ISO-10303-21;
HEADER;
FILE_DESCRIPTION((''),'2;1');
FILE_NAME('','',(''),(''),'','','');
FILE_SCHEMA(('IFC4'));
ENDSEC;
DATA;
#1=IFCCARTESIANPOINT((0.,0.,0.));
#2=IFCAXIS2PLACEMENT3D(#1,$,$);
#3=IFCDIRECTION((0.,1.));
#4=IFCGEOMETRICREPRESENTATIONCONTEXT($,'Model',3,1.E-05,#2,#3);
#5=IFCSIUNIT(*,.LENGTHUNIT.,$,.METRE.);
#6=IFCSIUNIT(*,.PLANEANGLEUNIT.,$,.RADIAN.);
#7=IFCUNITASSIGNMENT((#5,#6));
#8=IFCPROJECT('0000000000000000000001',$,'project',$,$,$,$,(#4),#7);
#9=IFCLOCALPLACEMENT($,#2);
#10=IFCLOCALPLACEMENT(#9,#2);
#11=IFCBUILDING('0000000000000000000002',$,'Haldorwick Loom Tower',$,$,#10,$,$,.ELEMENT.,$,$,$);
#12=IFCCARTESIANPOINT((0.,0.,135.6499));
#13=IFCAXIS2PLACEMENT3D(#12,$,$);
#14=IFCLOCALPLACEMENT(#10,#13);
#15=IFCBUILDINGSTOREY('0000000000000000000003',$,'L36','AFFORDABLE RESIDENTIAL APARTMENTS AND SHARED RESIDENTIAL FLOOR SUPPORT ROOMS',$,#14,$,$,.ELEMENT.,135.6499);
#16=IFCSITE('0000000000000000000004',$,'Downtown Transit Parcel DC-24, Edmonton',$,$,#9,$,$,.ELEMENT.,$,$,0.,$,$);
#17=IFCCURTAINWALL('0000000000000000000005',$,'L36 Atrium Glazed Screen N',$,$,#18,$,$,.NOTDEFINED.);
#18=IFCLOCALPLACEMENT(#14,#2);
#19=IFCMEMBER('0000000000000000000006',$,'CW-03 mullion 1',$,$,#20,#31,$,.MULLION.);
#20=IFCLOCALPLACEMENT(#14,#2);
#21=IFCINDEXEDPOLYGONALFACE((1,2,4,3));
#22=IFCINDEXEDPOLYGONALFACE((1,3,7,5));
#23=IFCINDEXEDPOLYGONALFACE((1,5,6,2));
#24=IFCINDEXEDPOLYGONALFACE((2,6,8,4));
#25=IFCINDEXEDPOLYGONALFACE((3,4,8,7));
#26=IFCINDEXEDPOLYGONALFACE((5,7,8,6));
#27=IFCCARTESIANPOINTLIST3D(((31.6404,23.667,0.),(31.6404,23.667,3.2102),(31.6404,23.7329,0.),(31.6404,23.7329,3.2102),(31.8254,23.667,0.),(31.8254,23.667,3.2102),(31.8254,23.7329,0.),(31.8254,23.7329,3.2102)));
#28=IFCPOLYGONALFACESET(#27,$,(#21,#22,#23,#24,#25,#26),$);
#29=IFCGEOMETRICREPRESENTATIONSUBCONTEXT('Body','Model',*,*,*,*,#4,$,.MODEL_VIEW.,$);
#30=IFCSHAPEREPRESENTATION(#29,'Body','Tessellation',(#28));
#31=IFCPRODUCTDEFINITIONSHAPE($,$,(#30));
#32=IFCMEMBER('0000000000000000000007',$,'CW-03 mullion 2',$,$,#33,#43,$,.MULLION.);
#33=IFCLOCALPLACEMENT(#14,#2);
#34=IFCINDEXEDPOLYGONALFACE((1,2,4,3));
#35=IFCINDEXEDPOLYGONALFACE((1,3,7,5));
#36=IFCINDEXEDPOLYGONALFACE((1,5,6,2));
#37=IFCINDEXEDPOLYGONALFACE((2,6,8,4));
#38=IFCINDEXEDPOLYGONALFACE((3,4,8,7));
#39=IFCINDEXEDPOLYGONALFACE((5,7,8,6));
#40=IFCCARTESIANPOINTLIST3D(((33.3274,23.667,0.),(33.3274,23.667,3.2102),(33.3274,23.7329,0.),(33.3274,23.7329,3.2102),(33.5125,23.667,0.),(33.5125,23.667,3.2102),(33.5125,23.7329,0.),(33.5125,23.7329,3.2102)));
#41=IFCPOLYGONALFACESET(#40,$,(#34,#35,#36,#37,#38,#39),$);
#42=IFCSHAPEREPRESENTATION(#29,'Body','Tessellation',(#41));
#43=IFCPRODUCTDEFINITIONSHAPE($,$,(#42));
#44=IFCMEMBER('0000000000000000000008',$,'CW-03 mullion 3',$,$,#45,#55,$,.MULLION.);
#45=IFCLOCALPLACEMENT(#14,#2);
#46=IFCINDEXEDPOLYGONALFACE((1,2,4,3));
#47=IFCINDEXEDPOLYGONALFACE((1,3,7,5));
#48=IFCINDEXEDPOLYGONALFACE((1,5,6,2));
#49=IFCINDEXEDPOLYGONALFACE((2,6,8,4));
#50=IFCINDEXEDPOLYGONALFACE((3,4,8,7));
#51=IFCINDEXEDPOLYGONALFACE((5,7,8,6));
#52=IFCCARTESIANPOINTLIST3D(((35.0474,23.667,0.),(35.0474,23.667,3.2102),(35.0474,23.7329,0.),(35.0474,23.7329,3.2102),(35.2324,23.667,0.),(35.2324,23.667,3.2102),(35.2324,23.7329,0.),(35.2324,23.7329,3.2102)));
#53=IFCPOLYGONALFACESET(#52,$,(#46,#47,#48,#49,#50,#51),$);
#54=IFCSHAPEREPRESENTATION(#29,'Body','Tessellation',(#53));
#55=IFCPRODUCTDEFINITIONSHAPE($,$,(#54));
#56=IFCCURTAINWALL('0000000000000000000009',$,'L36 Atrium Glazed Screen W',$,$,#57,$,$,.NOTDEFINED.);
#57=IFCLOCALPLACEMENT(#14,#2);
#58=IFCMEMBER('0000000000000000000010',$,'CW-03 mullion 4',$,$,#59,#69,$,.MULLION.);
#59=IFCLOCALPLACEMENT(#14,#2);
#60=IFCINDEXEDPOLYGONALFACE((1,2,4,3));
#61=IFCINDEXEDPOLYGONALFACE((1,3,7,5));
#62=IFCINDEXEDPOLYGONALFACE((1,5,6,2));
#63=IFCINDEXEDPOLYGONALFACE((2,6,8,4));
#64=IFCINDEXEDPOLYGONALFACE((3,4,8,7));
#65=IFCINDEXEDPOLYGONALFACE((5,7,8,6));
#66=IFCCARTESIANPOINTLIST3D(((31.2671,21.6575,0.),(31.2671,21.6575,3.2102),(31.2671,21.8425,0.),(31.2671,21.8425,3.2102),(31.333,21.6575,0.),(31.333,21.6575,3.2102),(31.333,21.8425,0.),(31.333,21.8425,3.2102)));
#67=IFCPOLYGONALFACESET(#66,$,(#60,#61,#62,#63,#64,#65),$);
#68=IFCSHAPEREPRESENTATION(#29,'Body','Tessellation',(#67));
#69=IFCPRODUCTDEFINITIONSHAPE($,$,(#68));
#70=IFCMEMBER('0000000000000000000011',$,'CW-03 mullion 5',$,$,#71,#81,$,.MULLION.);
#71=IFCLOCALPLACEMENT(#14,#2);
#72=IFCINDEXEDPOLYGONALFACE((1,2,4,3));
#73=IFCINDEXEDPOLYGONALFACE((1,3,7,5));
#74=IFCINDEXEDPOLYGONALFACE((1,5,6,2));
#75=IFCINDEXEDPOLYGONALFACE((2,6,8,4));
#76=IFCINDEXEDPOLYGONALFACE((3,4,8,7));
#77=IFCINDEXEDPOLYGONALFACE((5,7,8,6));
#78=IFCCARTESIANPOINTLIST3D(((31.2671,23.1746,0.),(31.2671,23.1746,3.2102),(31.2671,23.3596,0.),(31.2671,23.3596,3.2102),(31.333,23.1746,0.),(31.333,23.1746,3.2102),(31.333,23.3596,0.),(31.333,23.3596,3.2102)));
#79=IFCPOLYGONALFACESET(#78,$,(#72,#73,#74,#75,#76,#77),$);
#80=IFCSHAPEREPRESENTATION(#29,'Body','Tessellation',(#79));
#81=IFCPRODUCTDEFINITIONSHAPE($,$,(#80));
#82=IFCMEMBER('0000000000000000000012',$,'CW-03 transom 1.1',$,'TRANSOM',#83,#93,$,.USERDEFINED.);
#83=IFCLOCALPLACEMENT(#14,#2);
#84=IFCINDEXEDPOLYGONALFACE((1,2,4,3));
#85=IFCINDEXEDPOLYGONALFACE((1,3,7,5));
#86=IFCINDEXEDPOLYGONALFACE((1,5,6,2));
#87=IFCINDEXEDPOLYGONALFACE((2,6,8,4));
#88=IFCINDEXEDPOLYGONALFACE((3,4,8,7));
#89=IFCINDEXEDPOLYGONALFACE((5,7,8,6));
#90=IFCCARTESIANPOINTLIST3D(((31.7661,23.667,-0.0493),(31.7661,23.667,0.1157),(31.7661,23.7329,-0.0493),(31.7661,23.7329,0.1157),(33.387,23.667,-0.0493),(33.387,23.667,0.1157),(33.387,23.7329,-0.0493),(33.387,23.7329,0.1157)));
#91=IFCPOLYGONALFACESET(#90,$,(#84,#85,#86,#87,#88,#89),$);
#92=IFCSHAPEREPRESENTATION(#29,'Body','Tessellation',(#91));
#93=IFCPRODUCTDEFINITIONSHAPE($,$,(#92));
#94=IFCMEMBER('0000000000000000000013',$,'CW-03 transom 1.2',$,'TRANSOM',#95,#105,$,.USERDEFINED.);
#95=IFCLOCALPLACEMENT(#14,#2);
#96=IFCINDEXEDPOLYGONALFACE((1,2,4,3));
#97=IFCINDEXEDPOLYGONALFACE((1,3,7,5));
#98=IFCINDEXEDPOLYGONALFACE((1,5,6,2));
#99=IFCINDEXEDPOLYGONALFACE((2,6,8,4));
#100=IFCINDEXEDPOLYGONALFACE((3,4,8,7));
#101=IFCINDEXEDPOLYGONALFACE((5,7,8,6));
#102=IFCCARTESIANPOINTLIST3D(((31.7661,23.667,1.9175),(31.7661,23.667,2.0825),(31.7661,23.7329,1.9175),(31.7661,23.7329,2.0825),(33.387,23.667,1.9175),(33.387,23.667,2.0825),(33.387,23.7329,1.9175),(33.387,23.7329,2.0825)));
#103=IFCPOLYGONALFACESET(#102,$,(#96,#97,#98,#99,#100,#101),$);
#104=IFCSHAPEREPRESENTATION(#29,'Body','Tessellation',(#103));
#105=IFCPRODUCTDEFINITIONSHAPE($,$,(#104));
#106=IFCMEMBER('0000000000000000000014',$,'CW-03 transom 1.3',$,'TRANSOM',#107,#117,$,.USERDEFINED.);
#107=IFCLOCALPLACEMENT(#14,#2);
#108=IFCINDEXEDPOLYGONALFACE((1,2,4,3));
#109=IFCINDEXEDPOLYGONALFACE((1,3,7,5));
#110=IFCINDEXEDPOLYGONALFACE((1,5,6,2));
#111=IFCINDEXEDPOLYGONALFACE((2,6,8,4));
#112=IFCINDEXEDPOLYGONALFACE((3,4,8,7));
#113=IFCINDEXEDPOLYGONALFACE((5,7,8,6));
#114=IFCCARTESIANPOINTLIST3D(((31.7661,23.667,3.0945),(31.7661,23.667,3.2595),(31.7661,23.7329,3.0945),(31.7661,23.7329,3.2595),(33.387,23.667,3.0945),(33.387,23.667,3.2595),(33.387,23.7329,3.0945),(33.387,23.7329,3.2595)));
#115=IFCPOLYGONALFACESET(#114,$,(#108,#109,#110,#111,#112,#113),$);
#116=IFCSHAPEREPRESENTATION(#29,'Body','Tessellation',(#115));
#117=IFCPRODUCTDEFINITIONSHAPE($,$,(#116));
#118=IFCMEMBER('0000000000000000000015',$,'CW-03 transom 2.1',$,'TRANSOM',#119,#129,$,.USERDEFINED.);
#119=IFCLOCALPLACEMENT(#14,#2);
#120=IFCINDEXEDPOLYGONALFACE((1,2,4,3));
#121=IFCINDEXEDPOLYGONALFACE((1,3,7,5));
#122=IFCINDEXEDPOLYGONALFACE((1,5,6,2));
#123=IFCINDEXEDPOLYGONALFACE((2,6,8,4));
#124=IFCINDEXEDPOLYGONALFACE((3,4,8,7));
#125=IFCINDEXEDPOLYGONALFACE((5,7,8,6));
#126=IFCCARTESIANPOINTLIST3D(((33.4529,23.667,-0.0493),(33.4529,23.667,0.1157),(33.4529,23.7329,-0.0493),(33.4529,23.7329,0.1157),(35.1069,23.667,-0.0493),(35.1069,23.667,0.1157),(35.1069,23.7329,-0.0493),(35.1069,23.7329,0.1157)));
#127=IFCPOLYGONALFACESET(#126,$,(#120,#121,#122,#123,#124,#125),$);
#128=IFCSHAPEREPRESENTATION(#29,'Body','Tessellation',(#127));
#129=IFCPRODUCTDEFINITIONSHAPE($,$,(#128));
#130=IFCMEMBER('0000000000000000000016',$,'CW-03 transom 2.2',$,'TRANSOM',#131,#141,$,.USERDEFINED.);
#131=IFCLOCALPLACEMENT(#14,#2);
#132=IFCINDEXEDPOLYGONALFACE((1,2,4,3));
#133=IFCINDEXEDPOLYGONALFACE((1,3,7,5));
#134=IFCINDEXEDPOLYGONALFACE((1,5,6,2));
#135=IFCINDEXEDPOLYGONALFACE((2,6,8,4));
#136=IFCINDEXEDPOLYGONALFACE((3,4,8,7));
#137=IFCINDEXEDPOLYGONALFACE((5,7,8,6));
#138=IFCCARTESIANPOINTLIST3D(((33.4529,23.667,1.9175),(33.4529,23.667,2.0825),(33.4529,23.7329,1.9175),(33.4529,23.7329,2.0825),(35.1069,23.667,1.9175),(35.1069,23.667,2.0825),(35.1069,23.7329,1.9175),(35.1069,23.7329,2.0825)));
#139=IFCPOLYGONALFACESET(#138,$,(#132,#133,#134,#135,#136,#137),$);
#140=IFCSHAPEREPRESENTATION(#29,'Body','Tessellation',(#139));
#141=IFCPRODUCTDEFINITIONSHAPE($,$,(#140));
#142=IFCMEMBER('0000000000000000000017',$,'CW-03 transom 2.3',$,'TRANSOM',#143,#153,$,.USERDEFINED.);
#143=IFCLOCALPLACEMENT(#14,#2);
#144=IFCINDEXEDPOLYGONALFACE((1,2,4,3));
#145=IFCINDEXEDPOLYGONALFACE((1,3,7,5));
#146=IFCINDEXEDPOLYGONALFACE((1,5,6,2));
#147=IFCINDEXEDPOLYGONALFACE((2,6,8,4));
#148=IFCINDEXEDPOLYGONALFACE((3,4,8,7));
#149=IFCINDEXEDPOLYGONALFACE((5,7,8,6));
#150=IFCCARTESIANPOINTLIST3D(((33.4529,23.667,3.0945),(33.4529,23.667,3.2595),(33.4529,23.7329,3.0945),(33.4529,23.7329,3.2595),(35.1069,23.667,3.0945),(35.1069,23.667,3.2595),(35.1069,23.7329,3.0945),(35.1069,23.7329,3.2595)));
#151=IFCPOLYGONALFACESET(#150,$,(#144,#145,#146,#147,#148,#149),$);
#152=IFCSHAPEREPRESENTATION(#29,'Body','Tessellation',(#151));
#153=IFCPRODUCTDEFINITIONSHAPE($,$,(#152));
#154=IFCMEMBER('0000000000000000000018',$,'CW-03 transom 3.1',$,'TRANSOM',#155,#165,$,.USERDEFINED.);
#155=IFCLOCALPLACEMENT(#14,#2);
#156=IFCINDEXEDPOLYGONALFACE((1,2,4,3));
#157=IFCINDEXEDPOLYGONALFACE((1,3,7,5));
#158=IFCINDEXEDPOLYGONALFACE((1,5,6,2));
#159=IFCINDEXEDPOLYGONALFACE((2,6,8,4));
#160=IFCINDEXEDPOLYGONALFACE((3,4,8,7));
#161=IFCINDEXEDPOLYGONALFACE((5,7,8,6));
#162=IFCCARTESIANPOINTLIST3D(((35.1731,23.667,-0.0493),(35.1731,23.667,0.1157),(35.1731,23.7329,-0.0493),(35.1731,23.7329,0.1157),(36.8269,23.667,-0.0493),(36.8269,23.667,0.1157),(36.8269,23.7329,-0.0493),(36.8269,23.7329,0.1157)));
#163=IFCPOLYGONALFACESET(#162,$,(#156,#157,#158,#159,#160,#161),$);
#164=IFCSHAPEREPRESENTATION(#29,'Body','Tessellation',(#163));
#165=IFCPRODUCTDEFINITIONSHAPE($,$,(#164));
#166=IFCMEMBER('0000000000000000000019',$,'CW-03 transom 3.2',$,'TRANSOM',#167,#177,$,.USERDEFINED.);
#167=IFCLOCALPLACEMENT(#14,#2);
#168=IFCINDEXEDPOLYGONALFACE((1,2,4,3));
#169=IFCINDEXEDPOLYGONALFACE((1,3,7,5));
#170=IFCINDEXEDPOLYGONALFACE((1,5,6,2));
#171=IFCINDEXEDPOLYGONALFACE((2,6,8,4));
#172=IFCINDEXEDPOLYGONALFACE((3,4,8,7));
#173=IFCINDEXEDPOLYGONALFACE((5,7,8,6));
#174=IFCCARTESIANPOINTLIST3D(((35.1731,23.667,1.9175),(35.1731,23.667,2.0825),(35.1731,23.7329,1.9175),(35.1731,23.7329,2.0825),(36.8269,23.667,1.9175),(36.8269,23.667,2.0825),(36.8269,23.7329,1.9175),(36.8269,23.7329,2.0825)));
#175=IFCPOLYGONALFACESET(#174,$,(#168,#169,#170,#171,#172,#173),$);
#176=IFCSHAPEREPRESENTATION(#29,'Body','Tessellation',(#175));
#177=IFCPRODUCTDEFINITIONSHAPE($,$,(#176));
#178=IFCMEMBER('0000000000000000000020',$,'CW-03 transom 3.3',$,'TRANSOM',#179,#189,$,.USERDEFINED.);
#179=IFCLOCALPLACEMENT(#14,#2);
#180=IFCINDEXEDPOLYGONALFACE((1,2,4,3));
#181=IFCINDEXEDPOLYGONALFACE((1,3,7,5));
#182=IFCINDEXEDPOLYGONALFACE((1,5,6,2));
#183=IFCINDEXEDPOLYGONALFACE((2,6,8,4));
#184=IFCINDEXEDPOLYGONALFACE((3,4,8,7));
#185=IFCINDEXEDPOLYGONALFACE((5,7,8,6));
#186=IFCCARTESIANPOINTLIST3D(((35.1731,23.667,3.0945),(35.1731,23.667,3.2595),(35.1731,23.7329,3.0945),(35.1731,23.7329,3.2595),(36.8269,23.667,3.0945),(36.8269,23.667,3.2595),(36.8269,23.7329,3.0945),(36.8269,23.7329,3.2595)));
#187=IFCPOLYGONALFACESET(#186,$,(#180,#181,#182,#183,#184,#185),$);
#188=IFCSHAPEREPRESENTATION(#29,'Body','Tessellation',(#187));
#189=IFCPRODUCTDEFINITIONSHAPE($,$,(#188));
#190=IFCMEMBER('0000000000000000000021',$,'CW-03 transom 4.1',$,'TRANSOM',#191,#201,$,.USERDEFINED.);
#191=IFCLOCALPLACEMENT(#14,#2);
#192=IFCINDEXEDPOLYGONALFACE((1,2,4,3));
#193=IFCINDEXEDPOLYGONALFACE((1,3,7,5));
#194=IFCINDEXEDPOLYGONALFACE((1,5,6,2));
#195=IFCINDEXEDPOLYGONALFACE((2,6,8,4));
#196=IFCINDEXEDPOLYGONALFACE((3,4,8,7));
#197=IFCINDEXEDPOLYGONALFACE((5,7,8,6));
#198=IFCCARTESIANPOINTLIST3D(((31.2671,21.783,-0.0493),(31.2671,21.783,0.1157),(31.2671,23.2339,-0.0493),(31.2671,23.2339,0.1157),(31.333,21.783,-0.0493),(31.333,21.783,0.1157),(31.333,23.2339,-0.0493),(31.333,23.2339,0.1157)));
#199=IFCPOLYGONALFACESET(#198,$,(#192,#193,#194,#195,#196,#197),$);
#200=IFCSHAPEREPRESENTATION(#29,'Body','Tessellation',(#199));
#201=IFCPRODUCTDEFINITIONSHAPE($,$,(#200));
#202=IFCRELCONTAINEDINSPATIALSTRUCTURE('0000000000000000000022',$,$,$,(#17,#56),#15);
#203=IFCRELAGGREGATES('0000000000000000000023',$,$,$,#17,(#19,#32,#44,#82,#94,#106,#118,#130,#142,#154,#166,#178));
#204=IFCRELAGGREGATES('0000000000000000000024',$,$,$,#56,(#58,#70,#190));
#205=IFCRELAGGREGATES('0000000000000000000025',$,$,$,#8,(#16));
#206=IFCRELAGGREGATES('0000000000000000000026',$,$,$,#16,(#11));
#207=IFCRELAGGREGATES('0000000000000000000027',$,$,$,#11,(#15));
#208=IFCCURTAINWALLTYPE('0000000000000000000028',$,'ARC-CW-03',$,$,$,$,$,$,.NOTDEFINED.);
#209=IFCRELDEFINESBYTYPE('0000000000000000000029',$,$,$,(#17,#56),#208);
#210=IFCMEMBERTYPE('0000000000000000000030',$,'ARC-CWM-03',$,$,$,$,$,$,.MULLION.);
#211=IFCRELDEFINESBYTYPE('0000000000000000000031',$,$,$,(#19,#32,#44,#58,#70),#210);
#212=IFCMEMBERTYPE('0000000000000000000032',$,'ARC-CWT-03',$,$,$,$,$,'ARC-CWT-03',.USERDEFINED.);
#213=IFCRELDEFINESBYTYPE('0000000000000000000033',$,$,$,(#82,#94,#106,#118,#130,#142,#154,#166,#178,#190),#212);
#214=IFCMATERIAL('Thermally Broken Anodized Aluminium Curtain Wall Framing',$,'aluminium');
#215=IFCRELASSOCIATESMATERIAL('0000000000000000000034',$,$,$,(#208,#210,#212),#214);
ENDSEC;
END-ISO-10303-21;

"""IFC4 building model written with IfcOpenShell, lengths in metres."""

from ifc_helpers import new_model, si_unit, direction, frame, origin, origin_2d, place, context, subcontext, project, spatial, rectangle, extrude, material, material_profile, profile_set, type_object, element, aggregate, save


model = new_model("IFC4")

# Units and contexts
model_context = context("Model", 3, precision=1e-05, world=origin(), true_north=direction((0.0, 1.0)))
body_context = subcontext(model_context, "Body", "Model", "MODEL_VIEW")
ifc_project = project(units=[si_unit("LENGTHUNIT", "METRE"), si_unit("PLANEANGLEUNIT", "RADIAN")], contexts=[model_context])

# Site, building, storey
site_placement = place(None, origin())
site = spatial("IfcSite", under=ifc_project, at=site_placement, Name="Downtown Transit Parcel DC-24, Edmonton", CompositionType="ELEMENT", RefElevation=0.0)
building_placement = place(site_placement, origin())
building = spatial("IfcBuilding", under=site, at=building_placement, Name="Haldorwick Loom Tower", CompositionType="ELEMENT")
storey_placement = place(building_placement, frame((0.0, 0.0, 135.6499)))
storey = spatial("IfcBuildingStorey", under=building, at=storey_placement, Name="L36", Description="AFFORDABLE RESIDENTIAL APARTMENTS AND SHARED RESIDENTIAL FLOOR SUPPORT ROOMS", CompositionType="ELEMENT", Elevation=135.6499)

# Curtain walls, members
ifc_material_1 = material(Name="Thermally Broken Anodized Aluminium Curtain Wall Framing", Category="aluminium")
curtain_wall_type = type_object("IfcCurtainWallType", Name="ARC-CW-03", PredefinedType="NOTDEFINED", material=ifc_material_1)
curtain_wall_1_placement = place(storey_placement, origin())
curtain_wall_1 = element("IfcCurtainWall", 1, at=curtain_wall_1_placement, inside=storey, type_object=curtain_wall_type, Name="L36 Atrium Glazed Screen N", PredefinedType="NOTDEFINED")
ifc_material_profile_1 = material_profile(ifc_material_1, rectangle(XDim=0.0659, YDim=0.1851, at=origin_2d()), Name="ALU_MUL_66X185", Category="aluminium")
ifc_profile_set_1 = profile_set([ifc_material_profile_1], Name="Thermally Broken Anodized Aluminium Curtain Wall Framing")
member_type_1 = type_object("IfcMemberType", Name="ARC-CWM-03", PredefinedType="MULLION", material=ifc_profile_set_1)
member_1_placement = place(storey_placement, frame((31.7329, 23.7, 0.0), z_axis=(0.0, 0.0, 1.0), x_axis=(0.0, 1.0, 0.0)))
member_1 = element("IfcMember", 2, at=member_1_placement, type_object=member_type_1, Name="CW-03 mullion 1", PredefinedType="MULLION", context=body_context, shape_type="SweptSolid", body=[
    extrude(rectangle(XDim=0.0659, YDim=0.1851, at=origin_2d()), origin(), (0.0, 0.0, 1.0), 3.2102),
])
member_2_placement = place(storey_placement, frame((33.4199, 23.7, 0.0), z_axis=(0.0, 0.0, 1.0), x_axis=(0.0, 1.0, 0.0)))
member_2 = element("IfcMember", 3, at=member_2_placement, type_object=member_type_1, Name="CW-03 mullion 2", PredefinedType="MULLION", context=body_context, shape_type="SweptSolid", body=[
    extrude(rectangle(XDim=0.0659, YDim=0.1851, at=origin_2d()), origin(), (0.0, 0.0, 1.0), 3.2102),
])
member_3_placement = place(storey_placement, frame((35.1399, 23.7, 0.0), z_axis=(0.0, 0.0, 1.0), x_axis=(0.0, 1.0, 0.0)))
member_3 = element("IfcMember", 4, at=member_3_placement, type_object=member_type_1, Name="CW-03 mullion 3", PredefinedType="MULLION", context=body_context, shape_type="SweptSolid", body=[
    extrude(rectangle(XDim=0.0659, YDim=0.1851, at=origin_2d()), origin(), (0.0, 0.0, 1.0), 3.2102),
])
curtain_wall_2_placement = place(storey_placement, origin())
curtain_wall_2 = element("IfcCurtainWall", 5, at=curtain_wall_2_placement, inside=storey, type_object=curtain_wall_type, Name="L36 Atrium Glazed Screen W", PredefinedType="NOTDEFINED")
member_4_placement = place(storey_placement, frame((31.3, 21.75, 0.0), z_axis=(0.0, 0.0, 1.0), x_axis=(-1.0, 0.0, 0.0)))
member_4 = element("IfcMember", 6, at=member_4_placement, type_object=member_type_1, Name="CW-03 mullion 4", PredefinedType="MULLION", context=body_context, shape_type="SweptSolid", body=[
    extrude(rectangle(XDim=0.0659, YDim=0.1851, at=origin_2d()), origin(), (0.0, 0.0, 1.0), 3.2102),
])
member_5_placement = place(storey_placement, frame((31.3, 23.2671, 0.0), z_axis=(0.0, 0.0, 1.0), x_axis=(-1.0, 0.0, 0.0)))
member_5 = element("IfcMember", 7, at=member_5_placement, type_object=member_type_1, Name="CW-03 mullion 5", PredefinedType="MULLION", context=body_context, shape_type="SweptSolid", body=[
    extrude(rectangle(XDim=0.0659, YDim=0.1851, at=origin_2d()), origin(), (0.0, 0.0, 1.0), 3.2102),
])

# Members
ifc_material_profile_2 = material_profile(ifc_material_1, rectangle(XDim=0.0659, YDim=0.165, at=origin_2d()), Name="ALU_TRN_66X165", Category="aluminium")
ifc_profile_set_2 = profile_set([ifc_material_profile_2], Name="Thermally Broken Anodized Aluminium Curtain Wall Framing")
member_type_2 = type_object("IfcMemberType", Name="ARC-CWT-03", ElementType="ARC-CWT-03", PredefinedType="USERDEFINED", material=ifc_profile_set_2)
member_6_placement = place(storey_placement, frame((31.7661, 23.7, 0.0332), z_axis=(1.0, 0.0, 0.0), x_axis=(0.0, 1.0, 0.0)))
member_6 = element("IfcMember", 8, at=member_6_placement, type_object=member_type_2, Name="CW-03 transom 1.1", ObjectType="TRANSOM", PredefinedType="USERDEFINED", context=body_context, shape_type="SweptSolid", body=[
    extrude(rectangle(XDim=0.0659, YDim=0.165, at=origin_2d()), origin(), (0.0, 0.0, 1.0), 1.6208),
])
member_7_placement = place(storey_placement, frame((31.7661, 23.7, 2.0), z_axis=(1.0, 0.0, 0.0), x_axis=(0.0, 1.0, 0.0)))
member_7 = element("IfcMember", 9, at=member_7_placement, type_object=member_type_2, Name="CW-03 transom 1.2", ObjectType="TRANSOM", PredefinedType="USERDEFINED", context=body_context, shape_type="SweptSolid", body=[
    extrude(rectangle(XDim=0.0659, YDim=0.165, at=origin_2d()), origin(), (0.0, 0.0, 1.0), 1.6208),
])
member_8_placement = place(storey_placement, frame((31.7661, 23.7, 3.177), z_axis=(1.0, 0.0, 0.0), x_axis=(0.0, 1.0, 0.0)))
member_8 = element("IfcMember", 10, at=member_8_placement, type_object=member_type_2, Name="CW-03 transom 1.3", ObjectType="TRANSOM", PredefinedType="USERDEFINED", context=body_context, shape_type="SweptSolid", body=[
    extrude(rectangle(XDim=0.0659, YDim=0.165, at=origin_2d()), origin(), (0.0, 0.0, 1.0), 1.6208),
])
member_9_placement = place(storey_placement, frame((33.4529, 23.7, 0.0332), z_axis=(1.0, 0.0, 0.0), x_axis=(0.0, 1.0, 0.0)))
member_9 = element("IfcMember", 11, at=member_9_placement, type_object=member_type_2, Name="CW-03 transom 2.1", ObjectType="TRANSOM", PredefinedType="USERDEFINED", context=body_context, shape_type="SweptSolid", body=[
    extrude(rectangle(XDim=0.0659, YDim=0.165, at=origin_2d()), origin(), (0.0, 0.0, 1.0), 1.6541),
])
member_10_placement = place(storey_placement, frame((33.4529, 23.7, 2.0), z_axis=(1.0, 0.0, 0.0), x_axis=(0.0, 1.0, 0.0)))
member_10 = element("IfcMember", 12, at=member_10_placement, type_object=member_type_2, Name="CW-03 transom 2.2", ObjectType="TRANSOM", PredefinedType="USERDEFINED", context=body_context, shape_type="SweptSolid", body=[
    extrude(rectangle(XDim=0.0659, YDim=0.165, at=origin_2d()), origin(), (0.0, 0.0, 1.0), 1.6541),
])
member_11_placement = place(storey_placement, frame((33.4529, 23.7, 3.177), z_axis=(1.0, 0.0, 0.0), x_axis=(0.0, 1.0, 0.0)))
member_11 = element("IfcMember", 13, at=member_11_placement, type_object=member_type_2, Name="CW-03 transom 2.3", ObjectType="TRANSOM", PredefinedType="USERDEFINED", context=body_context, shape_type="SweptSolid", body=[
    extrude(rectangle(XDim=0.0659, YDim=0.165, at=origin_2d()), origin(), (0.0, 0.0, 1.0), 1.6541),
])
member_12_placement = place(storey_placement, frame((35.1731, 23.7, 0.0332), z_axis=(1.0, 0.0, 0.0), x_axis=(0.0, 1.0, 0.0)))
member_12 = element("IfcMember", 14, at=member_12_placement, type_object=member_type_2, Name="CW-03 transom 3.1", ObjectType="TRANSOM", PredefinedType="USERDEFINED", context=body_context, shape_type="SweptSolid", body=[
    extrude(rectangle(XDim=0.0659, YDim=0.165, at=origin_2d()), origin(), (0.0, 0.0, 1.0), 1.6538),
])
member_13_placement = place(storey_placement, frame((35.1731, 23.7, 2.0), z_axis=(1.0, 0.0, 0.0), x_axis=(0.0, 1.0, 0.0)))
member_13 = element("IfcMember", 15, at=member_13_placement, type_object=member_type_2, Name="CW-03 transom 3.2", ObjectType="TRANSOM", PredefinedType="USERDEFINED", context=body_context, shape_type="SweptSolid", body=[
    extrude(rectangle(XDim=0.0659, YDim=0.165, at=origin_2d()), origin(), (0.0, 0.0, 1.0), 1.6538),
])
member_14_placement = place(storey_placement, frame((35.1731, 23.7, 3.177), z_axis=(1.0, 0.0, 0.0), x_axis=(0.0, 1.0, 0.0)))
member_14 = element("IfcMember", 16, at=member_14_placement, type_object=member_type_2, Name="CW-03 transom 3.3", ObjectType="TRANSOM", PredefinedType="USERDEFINED", context=body_context, shape_type="SweptSolid", body=[
    extrude(rectangle(XDim=0.0659, YDim=0.165, at=origin_2d()), origin(), (0.0, 0.0, 1.0), 1.6538),
])
member_15_placement = place(storey_placement, frame((31.3, 21.783, 0.0332), z_axis=(0.0, 1.0, 0.0), x_axis=(-1.0, 0.0, 0.0)))
member_15 = element("IfcMember", 17, at=member_15_placement, type_object=member_type_2, Name="CW-03 transom 4.1", ObjectType="TRANSOM", PredefinedType="USERDEFINED", context=body_context, shape_type="SweptSolid", body=[
    extrude(rectangle(XDim=0.0659, YDim=0.165, at=origin_2d()), origin(), (0.0, 0.0, 1.0), 1.4509),
])

aggregate(curtain_wall_1, [member_1, member_2, member_3, member_6, member_7, member_8, member_9, member_10, member_11, member_12, member_13, member_14])
aggregate(curtain_wall_2, [member_4, member_5, member_15])

save(model, "model.ifc")
